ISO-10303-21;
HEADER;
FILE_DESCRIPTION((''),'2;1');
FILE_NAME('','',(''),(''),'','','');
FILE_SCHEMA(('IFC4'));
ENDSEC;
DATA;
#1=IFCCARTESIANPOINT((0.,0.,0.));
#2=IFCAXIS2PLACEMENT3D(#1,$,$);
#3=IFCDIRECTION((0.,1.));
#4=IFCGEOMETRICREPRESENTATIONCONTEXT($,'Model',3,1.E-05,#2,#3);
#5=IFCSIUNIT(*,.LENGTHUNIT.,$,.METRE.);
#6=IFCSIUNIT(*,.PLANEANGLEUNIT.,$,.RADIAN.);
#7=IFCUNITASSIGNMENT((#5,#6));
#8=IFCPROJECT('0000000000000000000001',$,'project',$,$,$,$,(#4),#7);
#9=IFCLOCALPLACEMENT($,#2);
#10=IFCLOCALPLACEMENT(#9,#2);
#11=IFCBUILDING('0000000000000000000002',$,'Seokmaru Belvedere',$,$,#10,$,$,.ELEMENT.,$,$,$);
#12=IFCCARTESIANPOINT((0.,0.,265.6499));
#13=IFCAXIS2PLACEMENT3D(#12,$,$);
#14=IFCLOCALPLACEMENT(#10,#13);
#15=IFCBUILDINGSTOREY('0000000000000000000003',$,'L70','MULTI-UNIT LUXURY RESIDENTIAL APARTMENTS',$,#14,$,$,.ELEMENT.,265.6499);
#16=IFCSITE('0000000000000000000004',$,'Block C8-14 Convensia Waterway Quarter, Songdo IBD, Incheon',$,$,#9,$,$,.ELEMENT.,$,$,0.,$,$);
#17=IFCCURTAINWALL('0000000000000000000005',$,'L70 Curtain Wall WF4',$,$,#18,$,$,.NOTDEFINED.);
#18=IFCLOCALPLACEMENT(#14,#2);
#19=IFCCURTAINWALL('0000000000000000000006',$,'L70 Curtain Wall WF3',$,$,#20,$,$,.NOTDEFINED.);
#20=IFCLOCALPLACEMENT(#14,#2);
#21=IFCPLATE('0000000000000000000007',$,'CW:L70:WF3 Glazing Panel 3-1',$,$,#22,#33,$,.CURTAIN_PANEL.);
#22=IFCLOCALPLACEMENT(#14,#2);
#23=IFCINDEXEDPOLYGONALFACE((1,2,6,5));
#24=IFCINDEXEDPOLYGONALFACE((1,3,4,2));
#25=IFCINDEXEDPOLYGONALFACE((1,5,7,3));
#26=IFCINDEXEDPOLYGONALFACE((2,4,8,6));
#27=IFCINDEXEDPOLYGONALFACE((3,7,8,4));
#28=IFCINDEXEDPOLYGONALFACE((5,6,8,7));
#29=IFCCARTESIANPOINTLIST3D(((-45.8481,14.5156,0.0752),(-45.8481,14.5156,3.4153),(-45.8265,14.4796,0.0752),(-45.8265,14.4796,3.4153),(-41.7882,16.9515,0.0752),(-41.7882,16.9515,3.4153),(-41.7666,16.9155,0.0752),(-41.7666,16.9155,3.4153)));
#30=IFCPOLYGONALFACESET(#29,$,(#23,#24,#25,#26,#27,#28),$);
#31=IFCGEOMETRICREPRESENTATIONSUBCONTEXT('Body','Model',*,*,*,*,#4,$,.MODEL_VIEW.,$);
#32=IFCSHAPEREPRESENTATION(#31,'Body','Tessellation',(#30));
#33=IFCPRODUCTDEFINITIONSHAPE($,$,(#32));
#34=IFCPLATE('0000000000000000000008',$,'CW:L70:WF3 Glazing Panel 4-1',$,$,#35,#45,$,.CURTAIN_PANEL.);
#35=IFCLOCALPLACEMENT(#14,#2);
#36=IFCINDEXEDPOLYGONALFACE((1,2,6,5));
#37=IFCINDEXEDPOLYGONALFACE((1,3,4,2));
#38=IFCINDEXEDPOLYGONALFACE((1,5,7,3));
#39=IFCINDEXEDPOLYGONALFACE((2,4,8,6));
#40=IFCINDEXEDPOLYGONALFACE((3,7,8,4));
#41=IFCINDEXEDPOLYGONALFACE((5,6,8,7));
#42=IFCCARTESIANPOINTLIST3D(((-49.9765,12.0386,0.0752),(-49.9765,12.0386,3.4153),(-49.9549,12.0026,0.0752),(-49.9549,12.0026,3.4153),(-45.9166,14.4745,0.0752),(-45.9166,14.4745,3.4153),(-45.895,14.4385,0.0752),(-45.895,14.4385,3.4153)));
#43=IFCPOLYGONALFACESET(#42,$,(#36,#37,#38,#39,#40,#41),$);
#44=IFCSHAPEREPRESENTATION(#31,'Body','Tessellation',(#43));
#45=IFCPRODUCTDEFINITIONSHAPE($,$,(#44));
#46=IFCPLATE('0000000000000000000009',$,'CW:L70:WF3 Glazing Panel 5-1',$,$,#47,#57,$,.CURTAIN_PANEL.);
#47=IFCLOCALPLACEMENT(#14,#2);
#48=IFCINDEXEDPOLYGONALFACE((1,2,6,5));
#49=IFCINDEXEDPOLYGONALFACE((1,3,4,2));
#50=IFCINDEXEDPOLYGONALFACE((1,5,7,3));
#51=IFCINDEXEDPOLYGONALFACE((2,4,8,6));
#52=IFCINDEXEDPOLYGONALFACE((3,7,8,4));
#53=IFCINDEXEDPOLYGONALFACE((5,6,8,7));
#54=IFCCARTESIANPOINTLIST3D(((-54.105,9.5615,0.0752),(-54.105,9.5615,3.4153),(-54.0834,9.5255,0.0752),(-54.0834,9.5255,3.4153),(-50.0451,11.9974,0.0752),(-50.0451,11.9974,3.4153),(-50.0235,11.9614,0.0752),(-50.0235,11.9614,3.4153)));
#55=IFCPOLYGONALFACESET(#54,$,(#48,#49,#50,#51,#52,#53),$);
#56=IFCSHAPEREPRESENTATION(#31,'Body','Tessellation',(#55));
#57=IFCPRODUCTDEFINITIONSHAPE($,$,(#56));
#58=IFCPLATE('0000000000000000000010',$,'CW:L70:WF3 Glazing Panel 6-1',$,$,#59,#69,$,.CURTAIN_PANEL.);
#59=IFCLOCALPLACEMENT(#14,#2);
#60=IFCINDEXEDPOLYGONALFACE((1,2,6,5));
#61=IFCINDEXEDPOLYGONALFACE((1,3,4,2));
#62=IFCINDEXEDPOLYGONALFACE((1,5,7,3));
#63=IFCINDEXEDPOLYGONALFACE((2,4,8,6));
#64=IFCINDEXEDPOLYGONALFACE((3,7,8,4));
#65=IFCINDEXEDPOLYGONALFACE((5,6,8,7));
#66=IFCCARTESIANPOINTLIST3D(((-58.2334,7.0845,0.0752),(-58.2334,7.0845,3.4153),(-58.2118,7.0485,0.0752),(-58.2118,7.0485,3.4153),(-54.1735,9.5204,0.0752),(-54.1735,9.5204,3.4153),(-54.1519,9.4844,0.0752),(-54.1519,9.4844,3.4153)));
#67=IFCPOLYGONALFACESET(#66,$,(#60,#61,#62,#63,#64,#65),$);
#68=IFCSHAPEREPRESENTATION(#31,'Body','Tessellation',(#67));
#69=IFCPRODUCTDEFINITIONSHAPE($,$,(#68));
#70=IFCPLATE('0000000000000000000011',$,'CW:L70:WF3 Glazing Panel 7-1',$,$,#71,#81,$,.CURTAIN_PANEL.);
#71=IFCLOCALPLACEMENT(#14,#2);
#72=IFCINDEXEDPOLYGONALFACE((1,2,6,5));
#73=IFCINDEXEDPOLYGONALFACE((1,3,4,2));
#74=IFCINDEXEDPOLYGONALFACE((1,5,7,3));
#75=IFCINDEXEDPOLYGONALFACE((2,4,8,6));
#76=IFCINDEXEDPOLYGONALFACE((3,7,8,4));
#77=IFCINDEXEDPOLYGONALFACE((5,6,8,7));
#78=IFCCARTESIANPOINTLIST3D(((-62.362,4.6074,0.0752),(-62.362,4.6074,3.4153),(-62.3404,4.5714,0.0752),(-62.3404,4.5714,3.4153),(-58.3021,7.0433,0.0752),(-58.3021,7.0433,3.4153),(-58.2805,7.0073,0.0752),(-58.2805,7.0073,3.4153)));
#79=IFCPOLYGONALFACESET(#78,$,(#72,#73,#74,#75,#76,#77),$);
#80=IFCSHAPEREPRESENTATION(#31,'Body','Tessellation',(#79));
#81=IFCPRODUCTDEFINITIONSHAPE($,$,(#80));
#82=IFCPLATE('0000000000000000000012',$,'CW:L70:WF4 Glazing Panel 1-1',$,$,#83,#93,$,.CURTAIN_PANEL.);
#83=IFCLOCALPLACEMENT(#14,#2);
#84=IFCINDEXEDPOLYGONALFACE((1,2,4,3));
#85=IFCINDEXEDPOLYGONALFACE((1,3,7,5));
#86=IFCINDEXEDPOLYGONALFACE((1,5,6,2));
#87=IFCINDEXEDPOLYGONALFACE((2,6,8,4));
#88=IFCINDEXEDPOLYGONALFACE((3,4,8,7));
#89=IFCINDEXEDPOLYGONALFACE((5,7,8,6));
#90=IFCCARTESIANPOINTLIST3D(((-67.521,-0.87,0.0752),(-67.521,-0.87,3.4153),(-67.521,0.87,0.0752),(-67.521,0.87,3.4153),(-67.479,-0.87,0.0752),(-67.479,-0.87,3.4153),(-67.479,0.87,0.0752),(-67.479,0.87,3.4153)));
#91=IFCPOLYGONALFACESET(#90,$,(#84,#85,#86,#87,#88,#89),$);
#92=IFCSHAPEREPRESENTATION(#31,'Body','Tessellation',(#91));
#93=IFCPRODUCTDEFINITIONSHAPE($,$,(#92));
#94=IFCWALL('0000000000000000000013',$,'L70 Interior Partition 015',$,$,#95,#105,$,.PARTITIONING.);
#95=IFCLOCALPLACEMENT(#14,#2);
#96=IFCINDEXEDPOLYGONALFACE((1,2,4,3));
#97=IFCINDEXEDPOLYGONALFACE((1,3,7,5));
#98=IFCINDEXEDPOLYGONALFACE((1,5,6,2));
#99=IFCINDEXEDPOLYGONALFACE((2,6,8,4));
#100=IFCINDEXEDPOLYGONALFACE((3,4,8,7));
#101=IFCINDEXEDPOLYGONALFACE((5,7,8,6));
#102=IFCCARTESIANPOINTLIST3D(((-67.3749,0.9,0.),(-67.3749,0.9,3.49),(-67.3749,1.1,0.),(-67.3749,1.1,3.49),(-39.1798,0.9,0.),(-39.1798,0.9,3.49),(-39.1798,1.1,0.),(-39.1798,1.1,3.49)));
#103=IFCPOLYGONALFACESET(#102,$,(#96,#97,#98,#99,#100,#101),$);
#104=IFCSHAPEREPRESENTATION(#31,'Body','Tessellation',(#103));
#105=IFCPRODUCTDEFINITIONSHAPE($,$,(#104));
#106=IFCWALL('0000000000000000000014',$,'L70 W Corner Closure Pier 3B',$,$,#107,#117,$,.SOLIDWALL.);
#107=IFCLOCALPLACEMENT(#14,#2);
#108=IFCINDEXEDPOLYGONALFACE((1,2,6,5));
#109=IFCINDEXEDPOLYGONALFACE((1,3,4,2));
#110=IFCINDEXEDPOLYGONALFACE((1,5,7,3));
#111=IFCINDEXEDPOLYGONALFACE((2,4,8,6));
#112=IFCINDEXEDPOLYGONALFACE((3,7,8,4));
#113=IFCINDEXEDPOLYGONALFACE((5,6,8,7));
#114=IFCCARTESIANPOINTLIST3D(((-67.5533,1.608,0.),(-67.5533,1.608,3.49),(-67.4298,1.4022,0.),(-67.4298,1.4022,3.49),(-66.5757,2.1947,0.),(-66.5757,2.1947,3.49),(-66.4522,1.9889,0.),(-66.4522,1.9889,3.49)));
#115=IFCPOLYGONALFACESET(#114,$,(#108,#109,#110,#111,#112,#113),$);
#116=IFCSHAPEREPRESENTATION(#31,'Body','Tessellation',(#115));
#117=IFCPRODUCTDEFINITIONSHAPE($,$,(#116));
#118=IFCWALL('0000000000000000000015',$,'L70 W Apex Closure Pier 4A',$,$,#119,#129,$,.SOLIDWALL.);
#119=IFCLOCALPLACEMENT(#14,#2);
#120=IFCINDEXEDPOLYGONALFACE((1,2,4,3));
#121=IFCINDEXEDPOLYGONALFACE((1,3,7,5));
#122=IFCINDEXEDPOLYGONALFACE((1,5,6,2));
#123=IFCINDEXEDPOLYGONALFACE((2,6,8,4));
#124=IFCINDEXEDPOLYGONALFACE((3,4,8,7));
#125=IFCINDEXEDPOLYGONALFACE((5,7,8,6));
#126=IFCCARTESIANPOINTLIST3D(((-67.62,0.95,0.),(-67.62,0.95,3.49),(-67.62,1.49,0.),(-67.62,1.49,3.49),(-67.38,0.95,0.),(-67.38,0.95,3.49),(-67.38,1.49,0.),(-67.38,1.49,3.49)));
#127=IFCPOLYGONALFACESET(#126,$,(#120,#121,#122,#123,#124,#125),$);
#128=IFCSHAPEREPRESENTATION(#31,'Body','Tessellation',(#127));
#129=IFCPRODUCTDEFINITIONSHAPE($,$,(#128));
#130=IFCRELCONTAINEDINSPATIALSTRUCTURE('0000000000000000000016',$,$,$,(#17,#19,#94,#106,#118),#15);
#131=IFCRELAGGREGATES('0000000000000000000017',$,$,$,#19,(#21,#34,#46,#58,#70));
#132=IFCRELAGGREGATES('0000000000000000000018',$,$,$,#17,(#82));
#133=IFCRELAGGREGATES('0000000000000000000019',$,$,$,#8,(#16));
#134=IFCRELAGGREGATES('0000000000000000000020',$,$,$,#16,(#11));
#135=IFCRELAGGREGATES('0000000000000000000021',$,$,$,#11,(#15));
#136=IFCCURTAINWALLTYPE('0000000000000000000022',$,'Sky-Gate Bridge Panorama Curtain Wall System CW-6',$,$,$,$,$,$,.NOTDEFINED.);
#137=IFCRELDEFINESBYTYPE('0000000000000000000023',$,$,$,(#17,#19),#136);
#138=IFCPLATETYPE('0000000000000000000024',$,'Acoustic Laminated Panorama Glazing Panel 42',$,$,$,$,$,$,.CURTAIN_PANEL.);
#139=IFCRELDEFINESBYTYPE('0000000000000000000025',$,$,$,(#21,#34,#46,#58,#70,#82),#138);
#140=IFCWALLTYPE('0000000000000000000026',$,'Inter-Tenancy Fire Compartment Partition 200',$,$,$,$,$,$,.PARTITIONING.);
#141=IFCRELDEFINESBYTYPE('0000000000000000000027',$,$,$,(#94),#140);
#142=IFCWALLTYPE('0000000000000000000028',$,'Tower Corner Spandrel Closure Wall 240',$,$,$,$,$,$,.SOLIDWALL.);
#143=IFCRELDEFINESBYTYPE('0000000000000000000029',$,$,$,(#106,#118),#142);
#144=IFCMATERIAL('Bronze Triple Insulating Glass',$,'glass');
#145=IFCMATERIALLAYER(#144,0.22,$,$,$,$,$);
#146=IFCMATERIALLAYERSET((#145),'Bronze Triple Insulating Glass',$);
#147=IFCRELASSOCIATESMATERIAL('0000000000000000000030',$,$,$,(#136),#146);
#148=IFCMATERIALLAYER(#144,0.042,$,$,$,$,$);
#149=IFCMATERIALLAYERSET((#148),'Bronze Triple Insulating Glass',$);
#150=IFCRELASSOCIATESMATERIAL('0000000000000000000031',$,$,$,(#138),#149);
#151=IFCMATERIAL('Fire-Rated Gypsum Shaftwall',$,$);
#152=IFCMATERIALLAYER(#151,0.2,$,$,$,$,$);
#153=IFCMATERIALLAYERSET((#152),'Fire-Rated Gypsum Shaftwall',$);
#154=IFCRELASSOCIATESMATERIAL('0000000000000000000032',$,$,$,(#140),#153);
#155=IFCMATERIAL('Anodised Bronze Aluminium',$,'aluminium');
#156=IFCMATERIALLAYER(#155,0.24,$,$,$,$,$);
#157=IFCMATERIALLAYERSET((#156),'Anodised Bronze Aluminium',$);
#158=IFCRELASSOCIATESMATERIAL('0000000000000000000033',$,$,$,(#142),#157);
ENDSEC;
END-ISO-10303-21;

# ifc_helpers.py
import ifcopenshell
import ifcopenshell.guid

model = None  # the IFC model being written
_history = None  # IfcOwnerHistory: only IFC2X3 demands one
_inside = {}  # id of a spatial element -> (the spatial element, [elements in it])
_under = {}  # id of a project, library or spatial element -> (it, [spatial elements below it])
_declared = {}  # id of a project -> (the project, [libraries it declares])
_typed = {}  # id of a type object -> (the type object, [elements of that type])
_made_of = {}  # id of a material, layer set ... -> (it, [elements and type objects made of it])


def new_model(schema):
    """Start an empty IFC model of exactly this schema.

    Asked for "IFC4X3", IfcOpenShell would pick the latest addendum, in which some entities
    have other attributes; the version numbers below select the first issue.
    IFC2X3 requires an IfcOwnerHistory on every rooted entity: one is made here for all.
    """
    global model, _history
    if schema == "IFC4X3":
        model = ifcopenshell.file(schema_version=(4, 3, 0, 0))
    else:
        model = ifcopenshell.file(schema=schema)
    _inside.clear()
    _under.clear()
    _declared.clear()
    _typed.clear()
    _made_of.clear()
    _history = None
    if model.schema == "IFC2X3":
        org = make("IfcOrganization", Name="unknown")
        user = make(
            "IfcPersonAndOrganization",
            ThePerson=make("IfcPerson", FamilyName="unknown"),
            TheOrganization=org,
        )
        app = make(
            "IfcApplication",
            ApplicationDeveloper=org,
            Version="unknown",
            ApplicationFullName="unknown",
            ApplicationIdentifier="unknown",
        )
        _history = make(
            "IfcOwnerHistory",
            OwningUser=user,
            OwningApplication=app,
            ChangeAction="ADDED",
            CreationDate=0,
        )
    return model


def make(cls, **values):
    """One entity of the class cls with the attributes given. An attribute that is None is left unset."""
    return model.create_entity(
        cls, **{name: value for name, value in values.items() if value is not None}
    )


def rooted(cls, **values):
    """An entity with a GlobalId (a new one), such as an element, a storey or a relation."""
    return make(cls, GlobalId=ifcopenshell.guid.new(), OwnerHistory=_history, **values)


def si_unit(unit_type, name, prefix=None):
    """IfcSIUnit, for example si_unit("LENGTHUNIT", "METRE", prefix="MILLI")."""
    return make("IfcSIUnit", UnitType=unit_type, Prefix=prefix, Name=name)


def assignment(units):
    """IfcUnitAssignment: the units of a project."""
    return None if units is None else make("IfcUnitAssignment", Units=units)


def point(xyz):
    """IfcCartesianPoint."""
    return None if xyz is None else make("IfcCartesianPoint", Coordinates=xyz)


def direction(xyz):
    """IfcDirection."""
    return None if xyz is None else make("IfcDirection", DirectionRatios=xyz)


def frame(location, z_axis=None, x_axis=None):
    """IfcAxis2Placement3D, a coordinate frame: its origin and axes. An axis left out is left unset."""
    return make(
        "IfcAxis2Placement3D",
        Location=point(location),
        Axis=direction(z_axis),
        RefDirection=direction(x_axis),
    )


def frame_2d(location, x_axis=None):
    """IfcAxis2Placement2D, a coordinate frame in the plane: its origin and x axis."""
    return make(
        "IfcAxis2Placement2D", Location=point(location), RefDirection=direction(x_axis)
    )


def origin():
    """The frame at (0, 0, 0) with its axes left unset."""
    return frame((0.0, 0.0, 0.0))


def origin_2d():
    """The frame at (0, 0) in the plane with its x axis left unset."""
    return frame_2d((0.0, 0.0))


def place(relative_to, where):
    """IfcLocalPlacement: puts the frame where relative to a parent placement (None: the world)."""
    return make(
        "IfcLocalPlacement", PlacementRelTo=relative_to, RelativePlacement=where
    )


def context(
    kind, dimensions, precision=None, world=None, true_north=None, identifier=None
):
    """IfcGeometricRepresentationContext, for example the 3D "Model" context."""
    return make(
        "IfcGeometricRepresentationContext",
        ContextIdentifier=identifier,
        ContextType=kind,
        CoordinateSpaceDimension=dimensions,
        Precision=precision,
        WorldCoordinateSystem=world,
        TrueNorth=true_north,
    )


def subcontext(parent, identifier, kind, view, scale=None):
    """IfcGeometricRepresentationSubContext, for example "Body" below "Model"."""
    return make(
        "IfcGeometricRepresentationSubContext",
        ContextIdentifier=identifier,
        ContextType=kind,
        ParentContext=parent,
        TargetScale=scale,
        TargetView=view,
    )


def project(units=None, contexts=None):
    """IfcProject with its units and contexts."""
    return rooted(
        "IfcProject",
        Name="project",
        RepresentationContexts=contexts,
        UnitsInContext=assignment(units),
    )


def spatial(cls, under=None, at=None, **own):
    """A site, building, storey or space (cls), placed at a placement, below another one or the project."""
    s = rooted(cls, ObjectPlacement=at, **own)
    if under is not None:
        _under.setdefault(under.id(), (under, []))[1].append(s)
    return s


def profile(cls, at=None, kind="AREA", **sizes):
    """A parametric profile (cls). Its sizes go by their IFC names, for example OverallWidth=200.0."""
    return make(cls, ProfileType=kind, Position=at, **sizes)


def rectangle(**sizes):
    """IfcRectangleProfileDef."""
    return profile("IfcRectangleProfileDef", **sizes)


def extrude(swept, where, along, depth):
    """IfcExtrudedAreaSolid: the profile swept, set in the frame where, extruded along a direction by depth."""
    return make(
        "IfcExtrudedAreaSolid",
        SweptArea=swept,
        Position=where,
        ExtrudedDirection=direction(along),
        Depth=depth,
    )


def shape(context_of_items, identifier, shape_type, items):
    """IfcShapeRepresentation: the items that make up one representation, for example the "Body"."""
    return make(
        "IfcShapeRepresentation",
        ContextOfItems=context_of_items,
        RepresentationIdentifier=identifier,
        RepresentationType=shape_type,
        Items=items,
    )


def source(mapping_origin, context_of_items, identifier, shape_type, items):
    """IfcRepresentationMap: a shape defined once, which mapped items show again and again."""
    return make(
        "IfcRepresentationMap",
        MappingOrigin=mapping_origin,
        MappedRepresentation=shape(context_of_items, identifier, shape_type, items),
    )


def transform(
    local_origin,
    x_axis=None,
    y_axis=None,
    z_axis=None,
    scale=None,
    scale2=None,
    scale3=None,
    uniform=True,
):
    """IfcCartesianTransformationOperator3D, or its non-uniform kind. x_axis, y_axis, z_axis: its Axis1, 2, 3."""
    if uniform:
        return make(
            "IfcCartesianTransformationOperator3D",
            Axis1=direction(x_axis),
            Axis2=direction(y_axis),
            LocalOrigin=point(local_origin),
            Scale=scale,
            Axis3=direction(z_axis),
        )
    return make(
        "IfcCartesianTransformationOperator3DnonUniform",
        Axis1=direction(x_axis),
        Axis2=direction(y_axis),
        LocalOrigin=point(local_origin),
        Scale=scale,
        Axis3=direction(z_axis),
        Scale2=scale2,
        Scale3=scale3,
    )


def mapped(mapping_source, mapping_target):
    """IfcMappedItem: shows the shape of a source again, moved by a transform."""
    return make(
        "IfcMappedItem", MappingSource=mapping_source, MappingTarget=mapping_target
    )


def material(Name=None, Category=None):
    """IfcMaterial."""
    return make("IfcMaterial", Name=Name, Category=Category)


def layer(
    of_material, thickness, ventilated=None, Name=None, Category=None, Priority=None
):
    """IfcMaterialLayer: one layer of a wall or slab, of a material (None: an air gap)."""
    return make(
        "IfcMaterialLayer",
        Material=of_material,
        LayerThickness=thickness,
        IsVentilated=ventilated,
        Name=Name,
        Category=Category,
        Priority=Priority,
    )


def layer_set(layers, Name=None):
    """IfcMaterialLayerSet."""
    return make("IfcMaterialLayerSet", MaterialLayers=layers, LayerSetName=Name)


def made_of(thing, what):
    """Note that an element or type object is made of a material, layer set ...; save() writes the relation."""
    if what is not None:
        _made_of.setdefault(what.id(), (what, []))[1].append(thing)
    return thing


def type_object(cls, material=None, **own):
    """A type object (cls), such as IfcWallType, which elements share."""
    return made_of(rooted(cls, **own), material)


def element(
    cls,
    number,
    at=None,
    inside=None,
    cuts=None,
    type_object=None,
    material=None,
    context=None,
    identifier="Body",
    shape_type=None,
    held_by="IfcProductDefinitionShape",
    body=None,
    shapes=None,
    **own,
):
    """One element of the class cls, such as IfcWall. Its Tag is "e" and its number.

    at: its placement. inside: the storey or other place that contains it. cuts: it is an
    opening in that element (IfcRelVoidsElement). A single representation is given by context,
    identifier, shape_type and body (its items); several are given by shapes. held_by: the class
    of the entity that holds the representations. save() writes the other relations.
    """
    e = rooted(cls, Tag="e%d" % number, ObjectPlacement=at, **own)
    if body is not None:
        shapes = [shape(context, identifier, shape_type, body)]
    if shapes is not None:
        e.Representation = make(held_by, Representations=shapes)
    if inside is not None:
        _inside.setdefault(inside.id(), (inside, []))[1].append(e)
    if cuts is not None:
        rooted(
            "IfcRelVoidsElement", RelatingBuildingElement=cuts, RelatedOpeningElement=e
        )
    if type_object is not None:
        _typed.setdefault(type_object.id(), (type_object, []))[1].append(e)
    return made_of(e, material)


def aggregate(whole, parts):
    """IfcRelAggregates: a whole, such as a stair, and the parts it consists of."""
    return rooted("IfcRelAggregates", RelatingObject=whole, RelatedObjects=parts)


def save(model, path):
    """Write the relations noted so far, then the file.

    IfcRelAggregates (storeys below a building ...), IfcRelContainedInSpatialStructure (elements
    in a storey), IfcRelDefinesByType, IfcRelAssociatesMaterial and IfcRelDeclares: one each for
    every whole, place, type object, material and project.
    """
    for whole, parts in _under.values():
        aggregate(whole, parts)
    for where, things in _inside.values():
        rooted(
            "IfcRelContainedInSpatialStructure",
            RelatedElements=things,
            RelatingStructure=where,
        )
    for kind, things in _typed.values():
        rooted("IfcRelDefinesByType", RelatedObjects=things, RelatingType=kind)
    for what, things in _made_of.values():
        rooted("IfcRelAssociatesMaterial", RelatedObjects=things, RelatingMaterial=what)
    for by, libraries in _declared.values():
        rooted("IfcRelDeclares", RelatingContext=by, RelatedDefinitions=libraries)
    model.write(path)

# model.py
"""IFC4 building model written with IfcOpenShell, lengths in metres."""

from ifc_helpers import new_model, si_unit, direction, frame, frame_2d, origin, origin_2d, place, context, subcontext, project, spatial, rectangle, extrude, source, transform, mapped, material, layer, layer_set, type_object, element, aggregate, save


model = new_model("IFC4")

# Units and contexts
model_context = context("Model", 3, precision=1e-05, world=origin(), true_north=direction((0.0, 1.0)))
body_context = subcontext(model_context, "Body", "Model", "MODEL_VIEW")
ifc_project = project(units=[si_unit("LENGTHUNIT", "METRE"), si_unit("PLANEANGLEUNIT", "RADIAN")], contexts=[model_context])

# Site, building, storey
site_placement = place(None, origin())
site = spatial("IfcSite", under=ifc_project, at=site_placement, Name="Block C8-14 Convensia Waterway Quarter, Songdo IBD, Incheon", CompositionType="ELEMENT", RefElevation=0.0)
building_placement = place(site_placement, origin())
building = spatial("IfcBuilding", under=site, at=building_placement, Name="Seokmaru Belvedere", CompositionType="ELEMENT")
storey_placement = place(building_placement, frame((0.0, 0.0, 265.6499)))
storey = spatial("IfcBuildingStorey", under=building, at=storey_placement, Name="L70", Description="MULTI-UNIT LUXURY RESIDENTIAL APARTMENTS", CompositionType="ELEMENT", Elevation=265.6499)

# Curtain wall
ifc_material_1 = material(Name="Bronze Triple Insulating Glass", Category="glass")
ifc_layer_1 = layer(ifc_material_1, 0.22)
ifc_layer_set_1 = layer_set([ifc_layer_1], Name="Bronze Triple Insulating Glass")
curtain_wall_type = type_object("IfcCurtainWallType", Name="Sky-Gate Bridge Panorama Curtain Wall System CW-6", PredefinedType="NOTDEFINED", material=ifc_layer_set_1)
curtain_wall_1_placement = place(storey_placement, origin())
curtain_wall_1 = element("IfcCurtainWall", 1, at=curtain_wall_1_placement, inside=storey, type_object=curtain_wall_type, Name="L70 Curtain Wall WF4", PredefinedType="NOTDEFINED")
ifc_material_2 = material(Name="Anodised Bronze Aluminium", Category="aluminium")

# Curtain wall
curtain_wall_2_placement = place(storey_placement, origin())
curtain_wall_2 = element("IfcCurtainWall", 2, at=curtain_wall_2_placement, inside=storey, type_object=curtain_wall_type, Name="L70 Curtain Wall WF3", PredefinedType="NOTDEFINED")

# Plates
ifc_layer_2 = layer(ifc_material_1, 0.042)
ifc_layer_set_2 = layer_set([ifc_layer_2], Name="Bronze Triple Insulating Glass")
plate_type = type_object("IfcPlateType", Name="Acoustic Laminated Panorama Glazing Panel 42", PredefinedType="CURTAIN_PANEL", material=ifc_layer_set_2)
shared_shape_1 = source(origin(), body_context, "Body", "SweptSolid", [
    extrude(rectangle(XDim=4.7346, YDim=0.042, at=origin_2d()), origin(), (0.0, 0.0, 1.0), 3.3401),
])
plate_1_placement = place(storey_placement, frame((-43.8074, 15.7156, 0.0752), z_axis=(0.0, 0.0, 1.0), x_axis=(-0.857493, -0.514495, 0.0)))
plate_1 = element("IfcPlate", 3, at=plate_1_placement, type_object=plate_type, Name="CW:L70:WF3 Glazing Panel 3-1", PredefinedType="CURTAIN_PANEL", context=body_context, shape_type="MappedRepresentation", body=[
    mapped(shared_shape_1, transform((0.0, 0.0, 0.0), scale=1.0)),
])
plate_2_placement = place(storey_placement, frame((-47.9358, 13.2385, 0.0752), z_axis=(0.0, 0.0, 1.0), x_axis=(-0.857493, -0.514495, 0.0)))
plate_2 = element("IfcPlate", 4, at=plate_2_placement, type_object=plate_type, Name="CW:L70:WF3 Glazing Panel 4-1", PredefinedType="CURTAIN_PANEL", context=body_context, shape_type="MappedRepresentation", body=[
    mapped(shared_shape_1, transform((0.0, 0.0, 0.0), scale=1.0)),
])
plate_3_placement = place(storey_placement, frame((-52.0642, 10.7615, 0.0752), z_axis=(0.0, 0.0, 1.0), x_axis=(-0.857493, -0.514495, 0.0)))
plate_3 = element("IfcPlate", 5, at=plate_3_placement, type_object=plate_type, Name="CW:L70:WF3 Glazing Panel 5-1", PredefinedType="CURTAIN_PANEL", context=body_context, shape_type="MappedRepresentation", body=[
    mapped(shared_shape_1, transform((0.0, 0.0, 0.0), scale=1.0)),
])
plate_4_placement = place(storey_placement, frame((-56.1926, 8.2844, 0.0752), z_axis=(0.0, 0.0, 1.0), x_axis=(-0.857493, -0.514495, 0.0)))
plate_4 = element("IfcPlate", 6, at=plate_4_placement, type_object=plate_type, Name="CW:L70:WF3 Glazing Panel 6-1", PredefinedType="CURTAIN_PANEL", context=body_context, shape_type="MappedRepresentation", body=[
    mapped(shared_shape_1, transform((0.0, 0.0, 0.0), scale=1.0)),
])
plate_5_placement = place(storey_placement, frame((-60.3213, 5.8074, 0.0752), z_axis=(0.0, 0.0, 1.0), x_axis=(-0.857493, -0.514495, 0.0)))
plate_5 = element("IfcPlate", 7, at=plate_5_placement, type_object=plate_type, Name="CW:L70:WF3 Glazing Panel 7-1", PredefinedType="CURTAIN_PANEL", context=body_context, shape_type="MappedRepresentation", body=[
    mapped(shared_shape_1, transform((0.0, 0.0, 0.0), scale=1.0)),
])
aggregate(curtain_wall_2, [plate_1, plate_2, plate_3, plate_4, plate_5])
shared_shape_2 = source(origin(), body_context, "Body", "SweptSolid", [
    extrude(rectangle(XDim=1.74, YDim=0.042, at=origin_2d()), origin(), (0.0, 0.0, 1.0), 3.3401),
])
plate_6_placement = place(storey_placement, frame((-67.5, 0.0, 0.0752), z_axis=(0.0, 0.0, 1.0), x_axis=(0.0, -1.0, 0.0)))
plate_6 = element("IfcPlate", 8, at=plate_6_placement, type_object=plate_type, Name="CW:L70:WF4 Glazing Panel 1-1", PredefinedType="CURTAIN_PANEL", context=body_context, shape_type="MappedRepresentation", body=[
    mapped(shared_shape_2, transform((0.0, 0.0, 0.0), scale=1.0)),
])
aggregate(curtain_wall_1, [plate_6])

# Walls
ifc_material_3 = material(Name="Fire-Rated Gypsum Shaftwall")
ifc_layer_3 = layer(ifc_material_3, 0.2)
ifc_layer_set_3 = layer_set([ifc_layer_3], Name="Fire-Rated Gypsum Shaftwall")
wall_type_1 = type_object("IfcWallType", Name="Inter-Tenancy Fire Compartment Partition 200", PredefinedType="PARTITIONING", material=ifc_layer_set_3)
wall_1_placement = place(storey_placement, frame((-67.375, 1.0, 0.0), z_axis=(0.0, 0.0, 1.0), x_axis=(1.0, 0.0, 0.0)))
element("IfcWall", 9, at=wall_1_placement, inside=storey, type_object=wall_type_1, Name="L70 Interior Partition 015", PredefinedType="PARTITIONING", context=body_context, shape_type="SweptSolid", body=[
    extrude(rectangle(XDim=28.1951, YDim=0.2, at=frame_2d((14.0977, 0.0))), origin(), (0.0, 0.0, 1.0), 3.49),
])
ifc_layer_4 = layer(ifc_material_2, 0.24)
ifc_layer_set_4 = layer_set([ifc_layer_4], Name="Anodised Bronze Aluminium")
wall_type_2 = type_object("IfcWallType", Name="Tower Corner Spandrel Closure Wall 240", PredefinedType="SOLIDWALL", material=ifc_layer_set_4)
wall_2_placement = place(storey_placement, frame((-66.5139, 2.0918, 0.0), z_axis=(0.0, 0.0, 1.0), x_axis=(-0.857436, -0.51459, 0.0)))
element("IfcWall", 10, at=wall_2_placement, inside=storey, type_object=wall_type_2, Name="L70 W Corner Closure Pier 3B", PredefinedType="SOLIDWALL", context=body_context, shape_type="SweptSolid", body=[
    extrude(rectangle(XDim=1.1401, YDim=0.24, at=frame_2d((0.5701, 0.0))), origin(), (0.0, 0.0, 1.0), 3.49),
])
wall_3_placement = place(storey_placement, frame((-67.5, 1.49, 0.0), z_axis=(0.0, 0.0, 1.0), x_axis=(0.0, -1.0, 0.0)))
element("IfcWall", 11, at=wall_3_placement, inside=storey, type_object=wall_type_2, Name="L70 W Apex Closure Pier 4A", PredefinedType="SOLIDWALL", context=body_context, shape_type="SweptSolid", body=[
    extrude(rectangle(XDim=0.54, YDim=0.24, at=frame_2d((0.27, 0.0))), origin(), (0.0, 0.0, 1.0), 3.49),
])

save(model, "model.ifc")
